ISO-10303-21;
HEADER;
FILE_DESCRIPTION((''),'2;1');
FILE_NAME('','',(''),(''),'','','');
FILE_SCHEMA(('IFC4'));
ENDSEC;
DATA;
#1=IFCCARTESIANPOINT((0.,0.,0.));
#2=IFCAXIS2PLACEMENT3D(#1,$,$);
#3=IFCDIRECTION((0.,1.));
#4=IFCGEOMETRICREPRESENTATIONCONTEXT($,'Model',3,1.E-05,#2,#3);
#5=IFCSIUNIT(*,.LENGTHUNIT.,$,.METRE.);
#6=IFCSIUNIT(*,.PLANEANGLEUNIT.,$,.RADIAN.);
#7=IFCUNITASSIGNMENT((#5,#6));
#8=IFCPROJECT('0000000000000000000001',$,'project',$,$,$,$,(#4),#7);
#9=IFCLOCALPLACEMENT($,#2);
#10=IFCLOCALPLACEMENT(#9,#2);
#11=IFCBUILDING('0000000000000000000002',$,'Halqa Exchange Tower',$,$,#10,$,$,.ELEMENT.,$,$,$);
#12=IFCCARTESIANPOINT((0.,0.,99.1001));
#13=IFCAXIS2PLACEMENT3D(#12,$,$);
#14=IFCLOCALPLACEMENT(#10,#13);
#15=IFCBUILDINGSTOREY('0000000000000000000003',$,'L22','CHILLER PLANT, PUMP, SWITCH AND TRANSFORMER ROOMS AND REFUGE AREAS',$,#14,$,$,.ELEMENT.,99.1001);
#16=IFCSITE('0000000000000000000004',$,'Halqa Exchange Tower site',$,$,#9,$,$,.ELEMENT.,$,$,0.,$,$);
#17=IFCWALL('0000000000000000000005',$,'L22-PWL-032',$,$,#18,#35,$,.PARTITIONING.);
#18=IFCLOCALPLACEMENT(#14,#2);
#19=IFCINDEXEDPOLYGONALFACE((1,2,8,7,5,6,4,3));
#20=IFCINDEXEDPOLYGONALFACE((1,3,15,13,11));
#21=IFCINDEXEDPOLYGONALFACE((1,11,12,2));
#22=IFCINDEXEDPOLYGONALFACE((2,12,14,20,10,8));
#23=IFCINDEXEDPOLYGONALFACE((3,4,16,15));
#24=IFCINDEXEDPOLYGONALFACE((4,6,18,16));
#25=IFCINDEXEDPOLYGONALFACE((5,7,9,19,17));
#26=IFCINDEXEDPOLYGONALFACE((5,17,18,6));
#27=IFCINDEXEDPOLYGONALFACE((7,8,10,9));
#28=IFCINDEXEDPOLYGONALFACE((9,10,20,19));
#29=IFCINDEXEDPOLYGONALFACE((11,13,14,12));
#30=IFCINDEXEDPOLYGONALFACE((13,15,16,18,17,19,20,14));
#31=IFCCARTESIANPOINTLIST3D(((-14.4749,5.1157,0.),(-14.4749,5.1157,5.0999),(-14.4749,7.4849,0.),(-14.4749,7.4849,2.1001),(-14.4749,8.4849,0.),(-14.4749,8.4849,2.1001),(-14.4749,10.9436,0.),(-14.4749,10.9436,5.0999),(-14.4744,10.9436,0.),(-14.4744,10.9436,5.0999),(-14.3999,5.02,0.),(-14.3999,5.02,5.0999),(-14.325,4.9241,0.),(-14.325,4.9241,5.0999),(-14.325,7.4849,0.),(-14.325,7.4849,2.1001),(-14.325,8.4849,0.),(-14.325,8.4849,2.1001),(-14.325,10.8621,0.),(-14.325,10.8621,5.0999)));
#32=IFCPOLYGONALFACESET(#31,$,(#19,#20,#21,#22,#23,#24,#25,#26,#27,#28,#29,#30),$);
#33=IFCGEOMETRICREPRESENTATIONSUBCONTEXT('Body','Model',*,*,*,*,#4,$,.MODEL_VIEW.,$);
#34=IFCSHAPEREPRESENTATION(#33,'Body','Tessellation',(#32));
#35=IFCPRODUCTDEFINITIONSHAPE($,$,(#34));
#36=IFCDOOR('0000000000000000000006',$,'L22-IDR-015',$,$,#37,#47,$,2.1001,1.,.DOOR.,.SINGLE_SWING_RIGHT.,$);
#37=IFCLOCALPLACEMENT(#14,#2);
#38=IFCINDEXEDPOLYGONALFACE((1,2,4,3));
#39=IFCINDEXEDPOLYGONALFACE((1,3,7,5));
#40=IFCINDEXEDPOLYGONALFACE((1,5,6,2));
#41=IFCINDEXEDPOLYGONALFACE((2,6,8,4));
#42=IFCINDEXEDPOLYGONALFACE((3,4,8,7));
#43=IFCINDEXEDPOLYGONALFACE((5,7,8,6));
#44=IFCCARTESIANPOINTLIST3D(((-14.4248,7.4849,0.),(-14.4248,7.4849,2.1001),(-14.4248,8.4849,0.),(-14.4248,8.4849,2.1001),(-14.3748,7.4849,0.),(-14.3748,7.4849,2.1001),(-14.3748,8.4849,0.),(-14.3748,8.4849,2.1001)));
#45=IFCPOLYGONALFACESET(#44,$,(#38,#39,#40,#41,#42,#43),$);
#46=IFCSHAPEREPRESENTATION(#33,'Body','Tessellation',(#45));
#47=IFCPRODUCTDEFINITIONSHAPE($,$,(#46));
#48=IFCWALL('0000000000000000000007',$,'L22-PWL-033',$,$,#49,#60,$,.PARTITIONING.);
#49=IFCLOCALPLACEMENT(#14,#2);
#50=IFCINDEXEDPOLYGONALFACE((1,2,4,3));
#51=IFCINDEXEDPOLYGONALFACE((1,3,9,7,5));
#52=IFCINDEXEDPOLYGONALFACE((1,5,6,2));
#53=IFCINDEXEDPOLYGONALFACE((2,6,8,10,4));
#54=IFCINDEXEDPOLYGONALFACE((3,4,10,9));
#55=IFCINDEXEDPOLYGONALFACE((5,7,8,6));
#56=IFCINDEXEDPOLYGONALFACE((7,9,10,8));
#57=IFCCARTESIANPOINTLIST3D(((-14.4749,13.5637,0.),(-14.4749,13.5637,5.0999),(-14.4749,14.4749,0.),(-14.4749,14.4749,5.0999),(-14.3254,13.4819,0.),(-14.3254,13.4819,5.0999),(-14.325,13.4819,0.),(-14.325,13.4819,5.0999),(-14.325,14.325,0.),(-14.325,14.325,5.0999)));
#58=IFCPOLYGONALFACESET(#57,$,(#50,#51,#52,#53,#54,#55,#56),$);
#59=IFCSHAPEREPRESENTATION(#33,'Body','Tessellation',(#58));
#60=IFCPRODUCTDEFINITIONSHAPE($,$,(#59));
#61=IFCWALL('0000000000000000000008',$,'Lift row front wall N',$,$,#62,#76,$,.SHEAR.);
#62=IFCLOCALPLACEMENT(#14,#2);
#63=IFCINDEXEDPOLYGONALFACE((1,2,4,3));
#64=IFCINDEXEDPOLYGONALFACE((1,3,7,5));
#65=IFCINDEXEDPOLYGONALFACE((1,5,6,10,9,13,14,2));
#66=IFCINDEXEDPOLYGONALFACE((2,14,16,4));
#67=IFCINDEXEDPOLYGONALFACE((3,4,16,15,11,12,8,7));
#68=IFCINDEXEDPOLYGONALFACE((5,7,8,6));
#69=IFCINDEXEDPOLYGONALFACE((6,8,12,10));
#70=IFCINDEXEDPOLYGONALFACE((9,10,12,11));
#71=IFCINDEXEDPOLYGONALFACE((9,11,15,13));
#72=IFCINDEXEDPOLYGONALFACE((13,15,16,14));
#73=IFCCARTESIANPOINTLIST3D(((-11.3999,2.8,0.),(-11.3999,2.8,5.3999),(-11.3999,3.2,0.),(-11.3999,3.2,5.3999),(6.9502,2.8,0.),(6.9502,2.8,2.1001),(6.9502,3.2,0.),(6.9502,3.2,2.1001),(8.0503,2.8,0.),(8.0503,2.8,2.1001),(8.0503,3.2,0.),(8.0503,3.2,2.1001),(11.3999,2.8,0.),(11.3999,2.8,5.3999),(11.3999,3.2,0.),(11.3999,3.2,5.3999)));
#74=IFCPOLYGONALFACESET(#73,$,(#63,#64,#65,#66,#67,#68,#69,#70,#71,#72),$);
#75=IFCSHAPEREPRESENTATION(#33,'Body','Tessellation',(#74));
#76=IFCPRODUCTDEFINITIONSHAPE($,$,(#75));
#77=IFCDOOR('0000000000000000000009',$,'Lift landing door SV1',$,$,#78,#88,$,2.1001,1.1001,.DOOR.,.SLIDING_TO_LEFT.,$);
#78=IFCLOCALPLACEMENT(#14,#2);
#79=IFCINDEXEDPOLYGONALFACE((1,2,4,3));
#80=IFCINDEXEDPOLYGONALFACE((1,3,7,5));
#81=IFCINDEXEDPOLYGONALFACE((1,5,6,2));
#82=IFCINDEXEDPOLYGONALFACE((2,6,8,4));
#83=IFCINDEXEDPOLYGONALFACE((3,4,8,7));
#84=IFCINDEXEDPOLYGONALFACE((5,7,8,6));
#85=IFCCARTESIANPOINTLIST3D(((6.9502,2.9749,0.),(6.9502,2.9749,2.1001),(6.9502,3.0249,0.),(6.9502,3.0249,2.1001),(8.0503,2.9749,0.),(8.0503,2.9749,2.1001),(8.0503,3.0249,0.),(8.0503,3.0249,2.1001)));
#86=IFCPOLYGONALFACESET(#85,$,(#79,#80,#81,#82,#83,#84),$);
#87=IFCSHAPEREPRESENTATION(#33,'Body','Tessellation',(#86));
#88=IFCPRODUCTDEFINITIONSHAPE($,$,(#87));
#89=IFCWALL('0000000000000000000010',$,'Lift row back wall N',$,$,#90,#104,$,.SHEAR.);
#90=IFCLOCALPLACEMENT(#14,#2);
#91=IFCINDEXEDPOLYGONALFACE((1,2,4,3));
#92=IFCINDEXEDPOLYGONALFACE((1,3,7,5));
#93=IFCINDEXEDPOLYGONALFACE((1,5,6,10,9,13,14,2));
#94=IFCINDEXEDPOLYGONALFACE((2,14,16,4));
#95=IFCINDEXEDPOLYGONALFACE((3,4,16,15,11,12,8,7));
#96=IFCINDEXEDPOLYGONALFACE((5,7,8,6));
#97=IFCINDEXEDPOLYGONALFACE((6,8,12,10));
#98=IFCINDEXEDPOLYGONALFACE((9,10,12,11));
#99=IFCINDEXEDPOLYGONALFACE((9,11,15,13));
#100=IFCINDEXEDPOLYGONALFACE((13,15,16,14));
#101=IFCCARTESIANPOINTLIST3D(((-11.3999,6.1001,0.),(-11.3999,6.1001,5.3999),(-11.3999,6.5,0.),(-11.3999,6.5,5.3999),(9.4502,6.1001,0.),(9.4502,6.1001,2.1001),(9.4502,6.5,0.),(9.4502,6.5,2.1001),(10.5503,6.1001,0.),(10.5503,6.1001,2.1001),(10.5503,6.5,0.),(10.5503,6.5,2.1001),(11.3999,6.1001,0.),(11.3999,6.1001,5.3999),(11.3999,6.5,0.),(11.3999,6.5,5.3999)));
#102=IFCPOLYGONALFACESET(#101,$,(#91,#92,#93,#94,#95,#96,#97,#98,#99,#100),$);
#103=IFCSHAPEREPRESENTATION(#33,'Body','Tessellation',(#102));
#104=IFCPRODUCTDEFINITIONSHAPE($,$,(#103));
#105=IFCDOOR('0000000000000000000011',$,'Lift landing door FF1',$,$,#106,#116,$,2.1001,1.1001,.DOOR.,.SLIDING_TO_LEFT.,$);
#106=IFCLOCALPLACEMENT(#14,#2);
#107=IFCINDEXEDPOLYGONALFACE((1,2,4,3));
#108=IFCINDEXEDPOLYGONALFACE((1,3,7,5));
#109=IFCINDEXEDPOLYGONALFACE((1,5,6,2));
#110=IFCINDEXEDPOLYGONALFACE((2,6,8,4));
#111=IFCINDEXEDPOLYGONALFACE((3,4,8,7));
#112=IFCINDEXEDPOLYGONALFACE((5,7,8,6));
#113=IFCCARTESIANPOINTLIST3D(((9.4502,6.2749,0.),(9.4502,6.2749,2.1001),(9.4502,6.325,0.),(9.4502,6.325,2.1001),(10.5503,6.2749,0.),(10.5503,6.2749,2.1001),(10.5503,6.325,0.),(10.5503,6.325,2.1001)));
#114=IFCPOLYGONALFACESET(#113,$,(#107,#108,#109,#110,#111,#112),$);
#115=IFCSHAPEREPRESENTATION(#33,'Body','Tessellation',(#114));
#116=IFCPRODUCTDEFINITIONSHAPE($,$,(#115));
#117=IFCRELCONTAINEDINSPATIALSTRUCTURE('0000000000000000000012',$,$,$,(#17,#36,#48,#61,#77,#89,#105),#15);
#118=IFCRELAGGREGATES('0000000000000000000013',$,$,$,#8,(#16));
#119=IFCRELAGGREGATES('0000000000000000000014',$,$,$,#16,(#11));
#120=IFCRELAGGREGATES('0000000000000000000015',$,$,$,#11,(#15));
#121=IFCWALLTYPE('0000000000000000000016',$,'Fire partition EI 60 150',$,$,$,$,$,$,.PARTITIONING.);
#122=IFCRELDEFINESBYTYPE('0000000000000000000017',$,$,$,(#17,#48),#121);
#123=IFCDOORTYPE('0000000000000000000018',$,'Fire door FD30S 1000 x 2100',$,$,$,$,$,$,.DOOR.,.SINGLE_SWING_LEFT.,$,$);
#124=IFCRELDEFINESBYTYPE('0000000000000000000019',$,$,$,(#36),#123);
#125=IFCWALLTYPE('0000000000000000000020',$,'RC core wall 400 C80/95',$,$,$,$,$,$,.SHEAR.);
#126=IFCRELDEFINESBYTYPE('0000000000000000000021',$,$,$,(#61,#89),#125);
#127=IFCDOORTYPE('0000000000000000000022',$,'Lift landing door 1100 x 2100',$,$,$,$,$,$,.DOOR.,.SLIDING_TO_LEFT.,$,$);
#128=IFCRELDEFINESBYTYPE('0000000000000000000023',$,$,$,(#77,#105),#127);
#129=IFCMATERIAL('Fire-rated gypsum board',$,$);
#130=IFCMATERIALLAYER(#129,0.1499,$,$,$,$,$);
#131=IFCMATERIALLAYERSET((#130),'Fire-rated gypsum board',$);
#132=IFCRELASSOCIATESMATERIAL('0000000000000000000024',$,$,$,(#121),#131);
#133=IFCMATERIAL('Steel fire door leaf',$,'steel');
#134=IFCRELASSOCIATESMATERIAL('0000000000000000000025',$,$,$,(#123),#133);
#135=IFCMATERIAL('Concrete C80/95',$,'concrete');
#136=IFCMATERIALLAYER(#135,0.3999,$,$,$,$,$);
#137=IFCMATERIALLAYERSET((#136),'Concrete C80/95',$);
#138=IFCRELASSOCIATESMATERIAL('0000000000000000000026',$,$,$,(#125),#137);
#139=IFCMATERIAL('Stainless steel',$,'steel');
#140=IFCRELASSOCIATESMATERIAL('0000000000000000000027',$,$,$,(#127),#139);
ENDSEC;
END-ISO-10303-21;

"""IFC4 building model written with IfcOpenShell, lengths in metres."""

from ifc_helpers import new_model, si_unit, direction, frame, frame_2d, origin, place, context, subcontext, project, spatial, polyline, rectangle, outline, extrude, material, layer, layer_set, type_object, element, fill, save


model = new_model("IFC4")

# Units and contexts
model_context = context("Model", 3, precision=1e-05, world=origin(), true_north=direction((0.0, 1.0)))
body_context = subcontext(model_context, "Body", "Model", "MODEL_VIEW")
ifc_project = project(units=[si_unit("LENGTHUNIT", "METRE"), si_unit("PLANEANGLEUNIT", "RADIAN")], contexts=[model_context])

# Site, building, storey
site_placement = place(None, origin())
site = spatial("IfcSite", under=ifc_project, at=site_placement, Name="Halqa Exchange Tower site", CompositionType="ELEMENT", RefElevation=0.0)
building_placement = place(site_placement, origin())
building = spatial("IfcBuilding", under=site, at=building_placement, Name="Halqa Exchange Tower", CompositionType="ELEMENT")
storey_placement = place(building_placement, frame((0.0, 0.0, 99.1001)))
storey = spatial("IfcBuildingStorey", under=building, at=storey_placement, Name="L22", Description="CHILLER PLANT, PUMP, SWITCH AND TRANSFORMER ROOMS AND REFUGE AREAS", CompositionType="ELEMENT", Elevation=99.1001)

# Wall, opening, door
ifc_material_1 = material(Name="Fire-rated gypsum board")
ifc_layer_1 = layer(ifc_material_1, 0.1499)
ifc_layer_set_1 = layer_set([ifc_layer_1], Name="Fire-rated gypsum board")
wall_type_1 = type_object("IfcWallType", Name="Fire partition EI 60 150", PredefinedType="PARTITIONING", material=ifc_layer_set_1)
ifc_material_2 = material(Name="Steel fire door leaf", Category="steel")
door_type_1 = type_object("IfcDoorType", Name="Fire door FD30S 1000 x 2100", OperationType="SINGLE_SWING_LEFT", PredefinedType="DOOR", material=ifc_material_2)
wall_1_placement = place(storey_placement, frame((-14.3999, 4.9241, 0.0), z_axis=(0.0, 0.0, 1.0), x_axis=(0.0, 1.0, 0.0)))
wall_1 = element("IfcWall", 1, at=wall_1_placement, inside=storey, type_object=wall_type_1, Name="L22-PWL-032", PredefinedType="PARTITIONING", context=body_context, shape_type="SweptSolid", body=[
    extrude(outline(polyline([(0.0, -0.075), (1.9792, -0.075), (3.9585, -0.075), (5.938, -0.075), (6.0195, 0.0745), (6.0195, 0.075), (4.0769, 0.075), (2.1343, 0.075), (0.1917, 0.075), (0.0959, 0.0), (0.0, -0.075), (0.0, -0.075)])), origin(), (0.0, 0.0, 1.0), 5.0999),
])
opening_1_placement = place(wall_1_placement, frame((2.5608, 0.0, 0.0)))
opening_1 = element("IfcOpeningElement", 2, at=opening_1_placement, cuts=wall_1, PredefinedType="OPENING", context=body_context, shape_type="SweptSolid", body=[
    extrude(rectangle(XDim=1.0, YDim=2.1001, at=frame_2d((0.5, 1.05))), frame((0.0, 0.0869, 0.0), z_axis=(0.0, -1.0, 0.0), x_axis=(1.0, 0.0, 0.0)), (0.0, 0.0, 1.0), 0.1738),
])
door_1_placement = place(opening_1_placement, origin())
door_1 = element("IfcDoor", 3, at=door_1_placement, inside=storey, type_object=door_type_1, Name="L22-IDR-015", OperationType="SINGLE_SWING_RIGHT", OverallHeight=2.1001, OverallWidth=1.0, PredefinedType="DOOR", context=body_context, shape_type="SweptSolid", body=[
    extrude(rectangle(XDim=1.0, YDim=2.1001, at=frame_2d((0.5, 1.05))), frame((0.0, 0.0249, 0.0), z_axis=(0.0, -1.0, 0.0), x_axis=(1.0, 0.0, 0.0)), (0.0, 0.0, 1.0), 0.05),
])
fill(opening_1, door_1)

# Wall
wall_2_placement = place(storey_placement, frame((-14.3999, 13.4819, 0.0), z_axis=(0.0, 0.0, 1.0), x_axis=(0.0, 1.0, 0.0)))
element("IfcWall", 4, at=wall_2_placement, inside=storey, type_object=wall_type_1, Name="L22-PWL-033", PredefinedType="PARTITIONING", context=body_context, shape_type="SweptSolid", body=[
    extrude(outline(polyline([(0.0, -0.075), (0.843, -0.075), (0.843, -0.075), (0.9929, 0.075), (0.0818, 0.075), (0.0, -0.0745), (0.0, -0.075)])), origin(), (0.0, 0.0, 1.0), 5.0999),
])

# Walls, openings, doors
ifc_material_3 = material(Name="Concrete C80/95", Category="concrete")
ifc_layer_2 = layer(ifc_material_3, 0.3999)
ifc_layer_set_2 = layer_set([ifc_layer_2], Name="Concrete C80/95")
wall_type_2 = type_object("IfcWallType", Name="RC core wall 400 C80/95", PredefinedType="SHEAR", material=ifc_layer_set_2)
wall_3_placement = place(storey_placement, frame((-11.3999, 3.0, 0.0), z_axis=(0.0, 0.0, 1.0), x_axis=(1.0, 0.0, 0.0)))
wall_3 = element("IfcWall", 5, at=wall_3_placement, inside=storey, type_object=wall_type_2, Name="Lift row front wall N", PredefinedType="SHEAR", context=body_context, shape_type="SweptSolid", body=[
    extrude(rectangle(XDim=22.7998, YDim=0.3999, at=frame_2d((11.3999, 0.0))), origin(), (0.0, 0.0, 1.0), 5.3999),
])
opening_2_placement = place(wall_3_placement, frame((18.3501, 0.0, 0.0)))
opening_2 = element("IfcOpeningElement", 6, at=opening_2_placement, cuts=wall_3, PredefinedType="OPENING", context=body_context, shape_type="SweptSolid", body=[
    extrude(rectangle(XDim=1.1001, YDim=2.1001, at=frame_2d((0.55, 1.05))), frame((0.0, 0.2119, 0.0), z_axis=(0.0, -1.0, 0.0), x_axis=(1.0, 0.0, 0.0)), (0.0, 0.0, 1.0), 0.4238),
])
ifc_material_4 = material(Name="Stainless steel", Category="steel")
door_type_2 = type_object("IfcDoorType", Name="Lift landing door 1100 x 2100", OperationType="SLIDING_TO_LEFT", PredefinedType="DOOR", material=ifc_material_4)
door_2_placement = place(opening_2_placement, origin())
door_2 = element("IfcDoor", 7, at=door_2_placement, inside=storey, type_object=door_type_2, Name="Lift landing door SV1", OperationType="SLIDING_TO_LEFT", OverallHeight=2.1001, OverallWidth=1.1001, PredefinedType="DOOR", context=body_context, shape_type="SweptSolid", body=[
    extrude(rectangle(XDim=1.1001, YDim=2.1001, at=frame_2d((0.55, 1.05))), frame((0.0, 0.0249, 0.0), z_axis=(0.0, -1.0, 0.0), x_axis=(1.0, 0.0, 0.0)), (0.0, 0.0, 1.0), 0.05),
])
fill(opening_2, door_2)
wall_4_placement = place(storey_placement, frame((-11.3999, 6.3, 0.0), z_axis=(0.0, 0.0, 1.0), x_axis=(1.0, 0.0, 0.0)))
wall_4 = element("IfcWall", 8, at=wall_4_placement, inside=storey, type_object=wall_type_2, Name="Lift row back wall N", PredefinedType="SHEAR", context=body_context, shape_type="SweptSolid", body=[
    extrude(rectangle(XDim=22.7998, YDim=0.3999, at=frame_2d((11.3999, 0.0))), origin(), (0.0, 0.0, 1.0), 5.3999),
])
opening_3_placement = place(wall_4_placement, frame((20.8501, 0.0, 0.0)))
opening_3 = element("IfcOpeningElement", 9, at=opening_3_placement, cuts=wall_4, PredefinedType="OPENING", context=body_context, shape_type="SweptSolid", body=[
    extrude(rectangle(XDim=1.1001, YDim=2.1001, at=frame_2d((0.55, 1.05))), frame((0.0, 0.2119, 0.0), z_axis=(0.0, -1.0, 0.0), x_axis=(1.0, 0.0, 0.0)), (0.0, 0.0, 1.0), 0.4238),
])
door_3_placement = place(opening_3_placement, origin())
door_3 = element("IfcDoor", 10, at=door_3_placement, inside=storey, type_object=door_type_2, Name="Lift landing door FF1", OperationType="SLIDING_TO_LEFT", OverallHeight=2.1001, OverallWidth=1.1001, PredefinedType="DOOR", context=body_context, shape_type="SweptSolid", body=[
    extrude(rectangle(XDim=1.1001, YDim=2.1001, at=frame_2d((0.55, 1.05))), frame((0.0, 0.0249, 0.0), z_axis=(0.0, -1.0, 0.0), x_axis=(1.0, 0.0, 0.0)), (0.0, 0.0, 1.0), 0.05),
])
fill(opening_3, door_3)

save(model, "model.ifc")
